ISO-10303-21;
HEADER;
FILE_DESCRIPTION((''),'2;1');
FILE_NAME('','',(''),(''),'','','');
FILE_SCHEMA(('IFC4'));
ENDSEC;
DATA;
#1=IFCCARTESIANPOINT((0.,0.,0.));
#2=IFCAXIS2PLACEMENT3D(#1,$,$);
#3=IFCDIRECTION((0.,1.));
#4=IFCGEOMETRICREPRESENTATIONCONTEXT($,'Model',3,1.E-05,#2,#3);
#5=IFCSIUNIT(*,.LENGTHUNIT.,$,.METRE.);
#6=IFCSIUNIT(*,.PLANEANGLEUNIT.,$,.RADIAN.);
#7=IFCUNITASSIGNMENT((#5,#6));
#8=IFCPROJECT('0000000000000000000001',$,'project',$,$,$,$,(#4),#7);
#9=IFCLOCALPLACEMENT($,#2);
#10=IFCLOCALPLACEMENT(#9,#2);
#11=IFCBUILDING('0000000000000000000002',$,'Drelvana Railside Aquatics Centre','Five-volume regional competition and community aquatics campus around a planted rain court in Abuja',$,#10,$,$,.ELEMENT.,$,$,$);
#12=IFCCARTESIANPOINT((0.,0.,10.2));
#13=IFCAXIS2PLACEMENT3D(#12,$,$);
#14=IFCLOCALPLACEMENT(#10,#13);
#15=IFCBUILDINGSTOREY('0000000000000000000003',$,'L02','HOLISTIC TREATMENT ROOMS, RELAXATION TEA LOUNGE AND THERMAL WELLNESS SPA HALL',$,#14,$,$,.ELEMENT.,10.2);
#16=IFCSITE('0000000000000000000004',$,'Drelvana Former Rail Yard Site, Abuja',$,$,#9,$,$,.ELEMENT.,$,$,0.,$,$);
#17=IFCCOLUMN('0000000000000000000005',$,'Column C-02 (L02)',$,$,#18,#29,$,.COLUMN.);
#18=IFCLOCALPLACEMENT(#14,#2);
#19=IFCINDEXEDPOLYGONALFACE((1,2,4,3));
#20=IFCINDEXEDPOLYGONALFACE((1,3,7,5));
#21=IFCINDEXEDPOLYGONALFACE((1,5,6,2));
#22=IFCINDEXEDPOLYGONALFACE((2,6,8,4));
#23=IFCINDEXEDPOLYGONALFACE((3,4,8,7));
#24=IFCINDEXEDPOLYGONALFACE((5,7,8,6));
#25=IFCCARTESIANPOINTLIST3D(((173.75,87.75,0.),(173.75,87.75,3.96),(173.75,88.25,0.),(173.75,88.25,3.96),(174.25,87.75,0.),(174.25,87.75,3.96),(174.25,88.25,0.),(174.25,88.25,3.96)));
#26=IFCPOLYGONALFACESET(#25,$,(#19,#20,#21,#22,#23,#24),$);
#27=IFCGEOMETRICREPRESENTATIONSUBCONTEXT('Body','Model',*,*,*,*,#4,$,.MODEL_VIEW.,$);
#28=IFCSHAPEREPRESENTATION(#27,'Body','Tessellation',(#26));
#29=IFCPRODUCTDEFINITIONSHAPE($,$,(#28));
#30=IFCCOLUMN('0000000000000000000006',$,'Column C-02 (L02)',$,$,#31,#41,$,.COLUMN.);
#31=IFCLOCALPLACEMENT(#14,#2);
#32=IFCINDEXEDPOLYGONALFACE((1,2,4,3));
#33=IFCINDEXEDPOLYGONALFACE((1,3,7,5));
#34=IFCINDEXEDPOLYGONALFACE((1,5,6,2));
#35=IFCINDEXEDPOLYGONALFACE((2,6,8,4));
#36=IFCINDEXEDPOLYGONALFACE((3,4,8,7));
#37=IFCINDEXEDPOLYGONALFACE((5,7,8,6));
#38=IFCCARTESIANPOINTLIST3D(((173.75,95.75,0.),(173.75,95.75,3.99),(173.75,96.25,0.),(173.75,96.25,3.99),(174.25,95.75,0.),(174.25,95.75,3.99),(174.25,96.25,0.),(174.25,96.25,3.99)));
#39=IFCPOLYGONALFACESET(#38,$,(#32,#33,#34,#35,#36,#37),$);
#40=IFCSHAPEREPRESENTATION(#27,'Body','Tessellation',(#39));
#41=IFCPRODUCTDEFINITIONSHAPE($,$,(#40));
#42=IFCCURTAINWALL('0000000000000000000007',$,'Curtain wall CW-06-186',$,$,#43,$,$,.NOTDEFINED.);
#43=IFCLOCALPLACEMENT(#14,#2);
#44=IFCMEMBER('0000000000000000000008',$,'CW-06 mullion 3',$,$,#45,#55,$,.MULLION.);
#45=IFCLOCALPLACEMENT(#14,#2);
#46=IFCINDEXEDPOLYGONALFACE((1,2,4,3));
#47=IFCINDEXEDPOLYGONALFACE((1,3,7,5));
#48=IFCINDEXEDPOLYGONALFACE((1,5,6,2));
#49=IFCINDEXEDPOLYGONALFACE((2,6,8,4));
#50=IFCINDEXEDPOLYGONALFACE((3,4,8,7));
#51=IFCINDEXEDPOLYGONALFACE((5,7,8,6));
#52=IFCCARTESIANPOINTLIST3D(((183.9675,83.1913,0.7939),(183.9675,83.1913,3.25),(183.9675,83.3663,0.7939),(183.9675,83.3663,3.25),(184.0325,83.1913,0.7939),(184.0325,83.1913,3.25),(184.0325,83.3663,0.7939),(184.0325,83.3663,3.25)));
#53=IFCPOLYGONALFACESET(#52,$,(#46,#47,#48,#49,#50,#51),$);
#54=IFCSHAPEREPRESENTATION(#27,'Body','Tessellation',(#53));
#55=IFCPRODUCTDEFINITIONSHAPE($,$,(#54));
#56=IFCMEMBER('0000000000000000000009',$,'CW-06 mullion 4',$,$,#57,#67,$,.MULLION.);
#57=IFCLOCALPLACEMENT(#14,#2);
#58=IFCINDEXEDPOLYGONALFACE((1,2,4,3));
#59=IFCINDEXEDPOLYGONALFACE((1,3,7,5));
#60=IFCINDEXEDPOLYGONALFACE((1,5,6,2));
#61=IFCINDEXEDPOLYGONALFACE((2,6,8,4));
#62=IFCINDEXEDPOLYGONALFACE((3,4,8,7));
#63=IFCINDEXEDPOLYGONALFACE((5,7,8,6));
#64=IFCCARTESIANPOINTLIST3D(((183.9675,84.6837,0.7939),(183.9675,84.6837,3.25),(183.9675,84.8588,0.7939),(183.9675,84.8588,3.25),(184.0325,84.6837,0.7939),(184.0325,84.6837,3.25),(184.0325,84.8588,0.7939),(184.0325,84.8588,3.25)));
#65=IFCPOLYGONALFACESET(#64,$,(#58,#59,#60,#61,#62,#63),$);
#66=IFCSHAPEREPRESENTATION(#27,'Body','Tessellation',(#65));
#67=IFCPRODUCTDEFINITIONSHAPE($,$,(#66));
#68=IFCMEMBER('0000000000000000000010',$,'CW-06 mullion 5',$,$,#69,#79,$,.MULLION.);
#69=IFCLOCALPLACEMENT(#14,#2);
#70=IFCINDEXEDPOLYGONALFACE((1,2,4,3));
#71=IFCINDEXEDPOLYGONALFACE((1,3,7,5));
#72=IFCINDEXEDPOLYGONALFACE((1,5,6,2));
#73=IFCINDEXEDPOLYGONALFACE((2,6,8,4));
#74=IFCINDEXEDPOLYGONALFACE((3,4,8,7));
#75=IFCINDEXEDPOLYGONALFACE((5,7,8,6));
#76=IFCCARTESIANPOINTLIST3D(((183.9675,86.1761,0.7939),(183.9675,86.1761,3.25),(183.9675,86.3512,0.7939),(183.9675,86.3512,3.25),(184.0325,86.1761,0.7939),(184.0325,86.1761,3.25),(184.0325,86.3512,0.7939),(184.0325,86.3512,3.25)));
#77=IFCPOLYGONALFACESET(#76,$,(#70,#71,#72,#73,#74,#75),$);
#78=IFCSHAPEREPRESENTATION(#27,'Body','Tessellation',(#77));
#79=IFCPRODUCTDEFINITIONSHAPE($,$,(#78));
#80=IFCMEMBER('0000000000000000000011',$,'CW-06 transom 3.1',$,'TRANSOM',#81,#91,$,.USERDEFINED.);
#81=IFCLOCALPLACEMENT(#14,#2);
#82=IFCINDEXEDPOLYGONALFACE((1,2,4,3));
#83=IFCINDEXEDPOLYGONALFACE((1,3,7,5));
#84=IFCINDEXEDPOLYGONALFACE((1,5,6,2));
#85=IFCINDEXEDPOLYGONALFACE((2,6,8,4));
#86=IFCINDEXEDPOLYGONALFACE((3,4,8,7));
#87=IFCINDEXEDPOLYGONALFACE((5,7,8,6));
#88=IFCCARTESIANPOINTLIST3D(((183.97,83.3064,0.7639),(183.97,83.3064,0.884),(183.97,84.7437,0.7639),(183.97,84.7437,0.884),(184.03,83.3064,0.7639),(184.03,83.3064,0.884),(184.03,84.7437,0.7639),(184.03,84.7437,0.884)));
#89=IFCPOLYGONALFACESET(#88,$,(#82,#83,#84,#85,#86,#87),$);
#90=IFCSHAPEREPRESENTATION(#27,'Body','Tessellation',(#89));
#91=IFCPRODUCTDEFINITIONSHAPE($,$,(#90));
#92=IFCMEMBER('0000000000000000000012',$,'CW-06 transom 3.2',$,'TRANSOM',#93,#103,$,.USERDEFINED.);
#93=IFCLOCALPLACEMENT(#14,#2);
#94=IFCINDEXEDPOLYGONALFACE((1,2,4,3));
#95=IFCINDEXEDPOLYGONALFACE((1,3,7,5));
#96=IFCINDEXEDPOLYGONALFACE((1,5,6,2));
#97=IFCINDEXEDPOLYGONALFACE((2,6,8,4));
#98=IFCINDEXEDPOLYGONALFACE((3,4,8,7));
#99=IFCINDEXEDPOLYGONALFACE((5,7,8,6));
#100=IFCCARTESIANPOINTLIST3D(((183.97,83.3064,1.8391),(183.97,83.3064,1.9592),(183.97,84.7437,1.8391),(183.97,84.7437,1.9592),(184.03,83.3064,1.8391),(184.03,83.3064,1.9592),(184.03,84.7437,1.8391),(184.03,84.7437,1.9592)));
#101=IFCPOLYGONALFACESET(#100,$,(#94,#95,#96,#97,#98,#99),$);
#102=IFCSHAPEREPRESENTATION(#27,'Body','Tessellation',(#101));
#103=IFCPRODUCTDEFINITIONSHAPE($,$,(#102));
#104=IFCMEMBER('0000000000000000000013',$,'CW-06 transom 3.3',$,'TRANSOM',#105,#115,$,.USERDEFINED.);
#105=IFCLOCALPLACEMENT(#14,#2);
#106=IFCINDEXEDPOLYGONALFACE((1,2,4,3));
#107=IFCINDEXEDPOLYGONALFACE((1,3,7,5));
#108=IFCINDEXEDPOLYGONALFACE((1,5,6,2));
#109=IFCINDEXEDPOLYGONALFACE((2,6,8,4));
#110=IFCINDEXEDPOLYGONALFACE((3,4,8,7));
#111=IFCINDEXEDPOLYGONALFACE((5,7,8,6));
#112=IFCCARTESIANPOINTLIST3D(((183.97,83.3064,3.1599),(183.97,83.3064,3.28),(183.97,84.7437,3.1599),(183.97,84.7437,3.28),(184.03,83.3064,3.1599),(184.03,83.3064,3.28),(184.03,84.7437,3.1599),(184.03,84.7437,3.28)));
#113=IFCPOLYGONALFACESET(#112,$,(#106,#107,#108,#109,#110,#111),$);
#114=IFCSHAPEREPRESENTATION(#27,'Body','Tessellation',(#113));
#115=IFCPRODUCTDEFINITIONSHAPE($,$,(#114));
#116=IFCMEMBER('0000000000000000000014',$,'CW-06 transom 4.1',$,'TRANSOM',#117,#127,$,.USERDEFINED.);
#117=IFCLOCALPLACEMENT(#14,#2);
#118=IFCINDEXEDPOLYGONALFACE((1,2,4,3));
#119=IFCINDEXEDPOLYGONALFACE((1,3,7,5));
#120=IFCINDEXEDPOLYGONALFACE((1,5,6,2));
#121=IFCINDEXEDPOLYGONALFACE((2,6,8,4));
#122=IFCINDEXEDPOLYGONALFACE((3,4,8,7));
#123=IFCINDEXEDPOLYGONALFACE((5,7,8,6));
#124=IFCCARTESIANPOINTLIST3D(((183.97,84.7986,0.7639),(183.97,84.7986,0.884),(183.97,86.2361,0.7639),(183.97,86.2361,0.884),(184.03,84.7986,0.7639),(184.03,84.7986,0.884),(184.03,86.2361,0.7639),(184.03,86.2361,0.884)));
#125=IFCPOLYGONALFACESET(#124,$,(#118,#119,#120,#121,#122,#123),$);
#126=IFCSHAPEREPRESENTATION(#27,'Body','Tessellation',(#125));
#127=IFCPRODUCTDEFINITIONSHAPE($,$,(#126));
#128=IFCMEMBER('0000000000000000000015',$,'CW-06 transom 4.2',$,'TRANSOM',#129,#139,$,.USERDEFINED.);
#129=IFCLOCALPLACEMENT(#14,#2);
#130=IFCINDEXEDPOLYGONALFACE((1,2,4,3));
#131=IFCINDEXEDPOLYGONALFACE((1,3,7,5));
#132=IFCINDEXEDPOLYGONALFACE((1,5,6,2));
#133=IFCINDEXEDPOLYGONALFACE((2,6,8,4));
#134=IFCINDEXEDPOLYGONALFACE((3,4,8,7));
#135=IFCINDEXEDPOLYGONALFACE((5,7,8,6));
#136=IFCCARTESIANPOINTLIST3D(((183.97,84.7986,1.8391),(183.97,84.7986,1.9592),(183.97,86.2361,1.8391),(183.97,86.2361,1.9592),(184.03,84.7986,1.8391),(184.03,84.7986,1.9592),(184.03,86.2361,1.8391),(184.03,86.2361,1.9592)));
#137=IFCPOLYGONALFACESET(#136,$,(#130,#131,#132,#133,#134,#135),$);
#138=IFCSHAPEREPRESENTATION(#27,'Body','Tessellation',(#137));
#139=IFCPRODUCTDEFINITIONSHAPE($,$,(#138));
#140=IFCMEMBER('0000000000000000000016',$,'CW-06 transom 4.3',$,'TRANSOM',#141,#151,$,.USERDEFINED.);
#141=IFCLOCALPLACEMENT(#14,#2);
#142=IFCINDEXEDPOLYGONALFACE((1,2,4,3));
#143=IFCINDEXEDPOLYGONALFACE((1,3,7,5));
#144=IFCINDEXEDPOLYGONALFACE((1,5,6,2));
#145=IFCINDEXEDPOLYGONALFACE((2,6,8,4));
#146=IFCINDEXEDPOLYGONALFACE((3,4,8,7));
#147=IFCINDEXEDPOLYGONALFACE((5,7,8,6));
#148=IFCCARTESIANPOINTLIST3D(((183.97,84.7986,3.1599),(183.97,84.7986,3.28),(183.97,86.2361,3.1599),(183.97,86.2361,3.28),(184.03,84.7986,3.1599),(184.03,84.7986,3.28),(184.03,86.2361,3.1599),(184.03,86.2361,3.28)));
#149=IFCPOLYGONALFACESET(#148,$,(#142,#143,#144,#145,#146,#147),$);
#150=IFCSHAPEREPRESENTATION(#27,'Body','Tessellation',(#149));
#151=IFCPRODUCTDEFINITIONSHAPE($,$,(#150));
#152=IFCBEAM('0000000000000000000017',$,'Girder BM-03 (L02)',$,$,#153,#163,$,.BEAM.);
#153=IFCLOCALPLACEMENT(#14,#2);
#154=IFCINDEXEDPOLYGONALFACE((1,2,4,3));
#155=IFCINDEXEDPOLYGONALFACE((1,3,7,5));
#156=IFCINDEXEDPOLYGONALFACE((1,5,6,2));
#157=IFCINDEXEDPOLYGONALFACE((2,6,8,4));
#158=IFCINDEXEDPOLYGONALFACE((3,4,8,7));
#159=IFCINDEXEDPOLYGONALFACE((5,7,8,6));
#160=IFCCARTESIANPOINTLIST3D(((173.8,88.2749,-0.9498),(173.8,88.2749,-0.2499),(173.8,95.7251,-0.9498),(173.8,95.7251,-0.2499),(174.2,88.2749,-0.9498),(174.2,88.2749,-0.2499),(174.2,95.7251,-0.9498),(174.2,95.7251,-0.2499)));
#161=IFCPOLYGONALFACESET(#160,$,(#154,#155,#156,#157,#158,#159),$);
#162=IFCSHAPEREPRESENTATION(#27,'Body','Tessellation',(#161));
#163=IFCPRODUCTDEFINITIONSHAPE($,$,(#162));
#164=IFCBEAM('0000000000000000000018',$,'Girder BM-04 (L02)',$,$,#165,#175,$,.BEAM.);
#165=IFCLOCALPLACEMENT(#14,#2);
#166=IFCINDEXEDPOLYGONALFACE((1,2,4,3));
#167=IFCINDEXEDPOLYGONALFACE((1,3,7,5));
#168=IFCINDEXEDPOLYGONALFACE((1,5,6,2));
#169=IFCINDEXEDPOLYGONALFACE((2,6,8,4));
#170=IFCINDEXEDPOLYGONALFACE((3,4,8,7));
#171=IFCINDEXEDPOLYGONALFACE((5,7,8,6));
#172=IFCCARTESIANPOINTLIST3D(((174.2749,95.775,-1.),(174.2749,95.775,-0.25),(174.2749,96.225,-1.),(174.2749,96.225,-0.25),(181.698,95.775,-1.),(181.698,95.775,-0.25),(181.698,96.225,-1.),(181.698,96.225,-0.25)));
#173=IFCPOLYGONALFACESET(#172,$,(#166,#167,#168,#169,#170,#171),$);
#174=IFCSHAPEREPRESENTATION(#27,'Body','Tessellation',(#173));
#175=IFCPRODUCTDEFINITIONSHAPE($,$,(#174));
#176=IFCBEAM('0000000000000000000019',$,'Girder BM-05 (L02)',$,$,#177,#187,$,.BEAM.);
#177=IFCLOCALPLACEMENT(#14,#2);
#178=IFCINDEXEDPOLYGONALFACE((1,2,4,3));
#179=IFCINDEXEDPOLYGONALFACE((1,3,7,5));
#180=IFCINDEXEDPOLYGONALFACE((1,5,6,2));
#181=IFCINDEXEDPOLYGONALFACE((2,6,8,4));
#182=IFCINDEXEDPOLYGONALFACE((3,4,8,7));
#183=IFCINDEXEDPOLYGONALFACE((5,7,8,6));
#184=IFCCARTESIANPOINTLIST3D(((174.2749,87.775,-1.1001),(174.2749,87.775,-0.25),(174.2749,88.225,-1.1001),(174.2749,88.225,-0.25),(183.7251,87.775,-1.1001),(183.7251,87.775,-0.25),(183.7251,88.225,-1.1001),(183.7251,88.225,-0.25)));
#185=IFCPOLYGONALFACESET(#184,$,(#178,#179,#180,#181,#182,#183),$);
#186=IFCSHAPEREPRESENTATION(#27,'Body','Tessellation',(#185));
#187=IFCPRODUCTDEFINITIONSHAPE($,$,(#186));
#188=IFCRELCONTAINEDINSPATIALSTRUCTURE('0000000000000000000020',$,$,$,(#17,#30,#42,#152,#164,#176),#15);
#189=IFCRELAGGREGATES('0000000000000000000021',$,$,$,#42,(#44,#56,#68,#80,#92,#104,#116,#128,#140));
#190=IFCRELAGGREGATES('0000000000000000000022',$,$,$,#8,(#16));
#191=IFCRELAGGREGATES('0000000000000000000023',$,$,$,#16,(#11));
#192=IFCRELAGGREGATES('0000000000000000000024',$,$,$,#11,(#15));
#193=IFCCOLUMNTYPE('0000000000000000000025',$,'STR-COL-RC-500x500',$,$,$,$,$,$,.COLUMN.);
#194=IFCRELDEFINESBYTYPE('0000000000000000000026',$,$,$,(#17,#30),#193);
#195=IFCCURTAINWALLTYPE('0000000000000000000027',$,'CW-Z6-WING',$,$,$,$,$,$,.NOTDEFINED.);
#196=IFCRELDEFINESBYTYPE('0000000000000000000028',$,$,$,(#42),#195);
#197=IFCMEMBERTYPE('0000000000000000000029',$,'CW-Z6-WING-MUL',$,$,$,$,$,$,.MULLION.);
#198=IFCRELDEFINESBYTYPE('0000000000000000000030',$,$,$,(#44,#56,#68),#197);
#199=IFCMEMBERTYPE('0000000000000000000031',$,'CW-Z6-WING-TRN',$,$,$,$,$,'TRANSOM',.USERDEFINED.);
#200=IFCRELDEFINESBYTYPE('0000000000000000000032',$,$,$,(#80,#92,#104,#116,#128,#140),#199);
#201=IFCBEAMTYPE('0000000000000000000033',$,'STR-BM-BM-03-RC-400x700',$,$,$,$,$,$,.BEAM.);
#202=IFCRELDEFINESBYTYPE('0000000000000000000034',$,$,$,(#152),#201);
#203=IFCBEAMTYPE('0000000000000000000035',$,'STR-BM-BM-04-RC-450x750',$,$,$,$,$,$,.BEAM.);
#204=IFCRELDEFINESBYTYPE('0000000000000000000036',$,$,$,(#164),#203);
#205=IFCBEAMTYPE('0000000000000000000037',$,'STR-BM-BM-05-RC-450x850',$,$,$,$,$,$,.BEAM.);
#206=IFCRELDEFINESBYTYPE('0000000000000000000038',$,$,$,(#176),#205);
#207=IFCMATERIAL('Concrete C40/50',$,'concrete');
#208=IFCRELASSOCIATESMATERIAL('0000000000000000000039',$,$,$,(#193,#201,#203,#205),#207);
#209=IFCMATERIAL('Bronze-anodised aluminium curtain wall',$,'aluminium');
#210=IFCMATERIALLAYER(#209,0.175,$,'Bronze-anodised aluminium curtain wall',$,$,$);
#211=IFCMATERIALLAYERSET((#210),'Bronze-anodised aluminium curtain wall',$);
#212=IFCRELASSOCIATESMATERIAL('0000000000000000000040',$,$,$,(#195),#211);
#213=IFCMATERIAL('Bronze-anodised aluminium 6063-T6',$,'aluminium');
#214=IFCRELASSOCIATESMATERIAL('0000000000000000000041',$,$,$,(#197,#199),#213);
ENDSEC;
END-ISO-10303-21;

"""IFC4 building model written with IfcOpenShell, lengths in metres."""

from ifc_helpers import new_model, si_unit, direction, frame, origin, origin_2d, place, context, subcontext, project, spatial, rectangle, extrude, material, layer, layer_set, material_profile, profile_set, type_object, element, aggregate, save


model = new_model("IFC4")

# Units and contexts
model_context = context("Model", 3, precision=1e-05, world=origin(), true_north=direction((0.0, 1.0)))
body_context = subcontext(model_context, "Body", "Model", "MODEL_VIEW")
ifc_project = project(units=[si_unit("LENGTHUNIT", "METRE"), si_unit("PLANEANGLEUNIT", "RADIAN")], contexts=[model_context])

# Site, building, storey
site_placement = place(None, origin())
site = spatial("IfcSite", under=ifc_project, at=site_placement, Name="Drelvana Former Rail Yard Site, Abuja", CompositionType="ELEMENT", RefElevation=0.0)
building_placement = place(site_placement, origin())
building = spatial("IfcBuilding", under=site, at=building_placement, Name="Drelvana Railside Aquatics Centre", Description="Five-volume regional competition and community aquatics campus around a planted rain court in Abuja", CompositionType="ELEMENT")
storey_placement = place(building_placement, frame((0.0, 0.0, 10.2)))
storey = spatial("IfcBuildingStorey", under=building, at=storey_placement, Name="L02", Description="HOLISTIC TREATMENT ROOMS, RELAXATION TEA LOUNGE AND THERMAL WELLNESS SPA HALL", CompositionType="ELEMENT", Elevation=10.2)

# Columns
ifc_material_1 = material(Name="Concrete C40/50", Category="concrete")
ifc_material_profile_1 = material_profile(ifc_material_1, rectangle(XDim=0.5, YDim=0.5, at=origin_2d()), Name="RC 500x500")
ifc_profile_set_1 = profile_set([ifc_material_profile_1], Name="Concrete C40/50")
column_type = type_object("IfcColumnType", Name="STR-COL-RC-500x500", PredefinedType="COLUMN", material=ifc_profile_set_1)
column_1_placement = place(storey_placement, frame((174.0, 88.0, 0.0), z_axis=(0.0, 0.0, 1.0), x_axis=(1.0, 0.0, 0.0)))
element("IfcColumn", 1, at=column_1_placement, inside=storey, type_object=column_type, Name="Column C-02 (L02)", PredefinedType="COLUMN", context=body_context, shape_type="SweptSolid", body=[
    extrude(rectangle(XDim=0.5, YDim=0.5, at=origin_2d()), origin(), (0.0, 0.0, 1.0), 3.96),
])
column_2_placement = place(storey_placement, frame((174.0, 96.0, 0.0), z_axis=(0.0, 0.0, 1.0), x_axis=(1.0, 0.0, 0.0)))
element("IfcColumn", 2, at=column_2_placement, inside=storey, type_object=column_type, Name="Column C-02 (L02)", PredefinedType="COLUMN", context=body_context, shape_type="SweptSolid", body=[
    extrude(rectangle(XDim=0.5, YDim=0.5, at=origin_2d()), origin(), (0.0, 0.0, 1.0), 3.99),
])

# Curtain wall, members
ifc_material_2 = material(Name="Bronze-anodised aluminium curtain wall", Category="aluminium")
ifc_layer_1 = layer(ifc_material_2, 0.175, Name="Bronze-anodised aluminium curtain wall")
ifc_layer_set_1 = layer_set([ifc_layer_1], Name="Bronze-anodised aluminium curtain wall")
curtain_wall_type = type_object("IfcCurtainWallType", Name="CW-Z6-WING", PredefinedType="NOTDEFINED", material=ifc_layer_set_1)
curtain_wall_placement = place(storey_placement, origin())
curtain_wall = element("IfcCurtainWall", 3, at=curtain_wall_placement, inside=storey, type_object=curtain_wall_type, Name="Curtain wall CW-06-186", PredefinedType="NOTDEFINED")
ifc_material_3 = material(Name="Bronze-anodised aluminium 6063-T6", Category="aluminium")
ifc_material_profile_2 = material_profile(ifc_material_3, rectangle(XDim=0.0649, YDim=0.175, at=origin_2d()), Name="ALU-M 65x175")
ifc_profile_set_2 = profile_set([ifc_material_profile_2], Name="Bronze-anodised aluminium 6063-T6")
member_type_1 = type_object("IfcMemberType", Name="CW-Z6-WING-MUL", PredefinedType="MULLION", material=ifc_profile_set_2)
member_1_placement = place(storey_placement, frame((184.0, 83.2788, 0.7939), z_axis=(0.0, 0.0, 1.0), x_axis=(-1.0, 0.0, 0.0)))
member_1 = element("IfcMember", 4, at=member_1_placement, type_object=member_type_1, Name="CW-06 mullion 3", PredefinedType="MULLION", context=body_context, shape_type="SweptSolid", body=[
    extrude(rectangle(XDim=0.0649, YDim=0.175, at=origin_2d()), origin(), (0.0, 0.0, 1.0), 2.4561),
])
member_2_placement = place(storey_placement, frame((184.0, 84.7712, 0.7939), z_axis=(0.0, 0.0, 1.0), x_axis=(-1.0, 0.0, 0.0)))
member_2 = element("IfcMember", 5, at=member_2_placement, type_object=member_type_1, Name="CW-06 mullion 4", PredefinedType="MULLION", context=body_context, shape_type="SweptSolid", body=[
    extrude(rectangle(XDim=0.0649, YDim=0.175, at=origin_2d()), origin(), (0.0, 0.0, 1.0), 2.4561),
])
member_3_placement = place(storey_placement, frame((184.0, 86.2637, 0.7939), z_axis=(0.0, 0.0, 1.0), x_axis=(-1.0, 0.0, 0.0)))
member_3 = element("IfcMember", 6, at=member_3_placement, type_object=member_type_1, Name="CW-06 mullion 5", PredefinedType="MULLION", context=body_context, shape_type="SweptSolid", body=[
    extrude(rectangle(XDim=0.0649, YDim=0.175, at=origin_2d()), origin(), (0.0, 0.0, 1.0), 2.4561),
])
ifc_material_profile_3 = material_profile(ifc_material_3, rectangle(XDim=0.1201, YDim=0.0601, at=origin_2d()), Name="ALU-T 60x120")
ifc_profile_set_3 = profile_set([ifc_material_profile_3], Name="Bronze-anodised aluminium 6063-T6")
member_type_2 = type_object("IfcMemberType", Name="CW-Z6-WING-TRN", ElementType="TRANSOM", PredefinedType="USERDEFINED", material=ifc_profile_set_3)
member_4_placement = place(storey_placement, frame((184.0, 83.3064, 0.824), z_axis=(0.0, 1.0, 0.0), x_axis=(0.0, 0.0, 1.0)))
member_4 = element("IfcMember", 7, at=member_4_placement, type_object=member_type_2, Name="CW-06 transom 3.1", ObjectType="TRANSOM", PredefinedType="USERDEFINED", context=body_context, shape_type="SweptSolid", body=[
    extrude(rectangle(XDim=0.1201, YDim=0.0601, at=origin_2d()), origin(), (0.0, 0.0, 1.0), 1.4373),
])
member_5_placement = place(storey_placement, frame((184.0, 83.3064, 1.8992), z_axis=(0.0, 1.0, 0.0), x_axis=(0.0, 0.0, 1.0)))
member_5 = element("IfcMember", 8, at=member_5_placement, type_object=member_type_2, Name="CW-06 transom 3.2", ObjectType="TRANSOM", PredefinedType="USERDEFINED", context=body_context, shape_type="SweptSolid", body=[
    extrude(rectangle(XDim=0.1201, YDim=0.0601, at=origin_2d()), origin(), (0.0, 0.0, 1.0), 1.4373),
])
member_6_placement = place(storey_placement, frame((184.0, 83.3064, 3.22), z_axis=(0.0, 1.0, 0.0), x_axis=(0.0, 0.0, 1.0)))
member_6 = element("IfcMember", 9, at=member_6_placement, type_object=member_type_2, Name="CW-06 transom 3.3", ObjectType="TRANSOM", PredefinedType="USERDEFINED", context=body_context, shape_type="SweptSolid", body=[
    extrude(rectangle(XDim=0.1201, YDim=0.0601, at=origin_2d()), origin(), (0.0, 0.0, 1.0), 1.4373),
])
member_7_placement = place(storey_placement, frame((184.0, 84.7986, 0.824), z_axis=(0.0, 1.0, 0.0), x_axis=(0.0, 0.0, 1.0)))
member_7 = element("IfcMember", 10, at=member_7_placement, type_object=member_type_2, Name="CW-06 transom 4.1", ObjectType="TRANSOM", PredefinedType="USERDEFINED", context=body_context, shape_type="SweptSolid", body=[
    extrude(rectangle(XDim=0.1201, YDim=0.0601, at=origin_2d()), origin(), (0.0, 0.0, 1.0), 1.4375),
])
member_8_placement = place(storey_placement, frame((184.0, 84.7986, 1.8992), z_axis=(0.0, 1.0, 0.0), x_axis=(0.0, 0.0, 1.0)))
member_8 = element("IfcMember", 11, at=member_8_placement, type_object=member_type_2, Name="CW-06 transom 4.2", ObjectType="TRANSOM", PredefinedType="USERDEFINED", context=body_context, shape_type="SweptSolid", body=[
    extrude(rectangle(XDim=0.1201, YDim=0.0601, at=origin_2d()), origin(), (0.0, 0.0, 1.0), 1.4375),
])
member_9_placement = place(storey_placement, frame((184.0, 84.7986, 3.22), z_axis=(0.0, 1.0, 0.0), x_axis=(0.0, 0.0, 1.0)))
member_9 = element("IfcMember", 12, at=member_9_placement, type_object=member_type_2, Name="CW-06 transom 4.3", ObjectType="TRANSOM", PredefinedType="USERDEFINED", context=body_context, shape_type="SweptSolid", body=[
    extrude(rectangle(XDim=0.1201, YDim=0.0601, at=origin_2d()), origin(), (0.0, 0.0, 1.0), 1.4375),
])

# Beams
ifc_material_profile_4 = material_profile(ifc_material_1, rectangle(XDim=0.3999, YDim=0.7, at=origin_2d()), Name="RC 400x700")
ifc_profile_set_4 = profile_set([ifc_material_profile_4], Name="Concrete C40/50")
beam_type_1 = type_object("IfcBeamType", Name="STR-BM-BM-03-RC-400x700", PredefinedType="BEAM", material=ifc_profile_set_4)
beam_1_placement = place(storey_placement, frame((174.0, 88.2749, -0.5999), z_axis=(0.0, 1.0, 0.0), x_axis=(-1.0, 0.0, 0.0)))
element("IfcBeam", 13, at=beam_1_placement, inside=storey, type_object=beam_type_1, Name="Girder BM-03 (L02)", PredefinedType="BEAM", context=body_context, shape_type="SweptSolid", body=[
    extrude(rectangle(XDim=0.3999, YDim=0.7, at=origin_2d()), origin(), (0.0, 0.0, 1.0), 7.4502),
])
ifc_material_profile_5 = material_profile(ifc_material_1, rectangle(XDim=0.45, YDim=0.75, at=origin_2d()), Name="RC 450x750")
ifc_profile_set_5 = profile_set([ifc_material_profile_5], Name="Concrete C40/50")
beam_type_2 = type_object("IfcBeamType", Name="STR-BM-BM-04-RC-450x750", PredefinedType="BEAM", material=ifc_profile_set_5)
beam_2_placement = place(storey_placement, frame((174.2749, 96.0, -0.625), z_axis=(1.0, 0.0, 0.0), x_axis=(0.0, 1.0, 0.0)))
element("IfcBeam", 14, at=beam_2_placement, inside=storey, type_object=beam_type_2, Name="Girder BM-04 (L02)", PredefinedType="BEAM", context=body_context, shape_type="SweptSolid", body=[
    extrude(rectangle(XDim=0.45, YDim=0.75, at=origin_2d()), origin(), (0.0, 0.0, 1.0), 7.4231),
])
ifc_material_profile_6 = material_profile(ifc_material_1, rectangle(XDim=0.45, YDim=0.8501, at=origin_2d()), Name="RC 450x850")
ifc_profile_set_6 = profile_set([ifc_material_profile_6], Name="Concrete C40/50")
beam_type_3 = type_object("IfcBeamType", Name="STR-BM-BM-05-RC-450x850", PredefinedType="BEAM", material=ifc_profile_set_6)
beam_3_placement = place(storey_placement, frame((174.2749, 88.0, -0.675), z_axis=(1.0, 0.0, 0.0), x_axis=(0.0, 1.0, 0.0)))
element("IfcBeam", 15, at=beam_3_placement, inside=storey, type_object=beam_type_3, Name="Girder BM-05 (L02)", PredefinedType="BEAM", context=body_context, shape_type="SweptSolid", body=[
    extrude(rectangle(XDim=0.45, YDim=0.8501, at=origin_2d()), origin(), (0.0, 0.0, 1.0), 9.4502),
])

aggregate(curtain_wall, [member_1, member_2, member_3, member_4, member_5, member_6, member_7, member_8, member_9])

save(model, "model.ifc")
